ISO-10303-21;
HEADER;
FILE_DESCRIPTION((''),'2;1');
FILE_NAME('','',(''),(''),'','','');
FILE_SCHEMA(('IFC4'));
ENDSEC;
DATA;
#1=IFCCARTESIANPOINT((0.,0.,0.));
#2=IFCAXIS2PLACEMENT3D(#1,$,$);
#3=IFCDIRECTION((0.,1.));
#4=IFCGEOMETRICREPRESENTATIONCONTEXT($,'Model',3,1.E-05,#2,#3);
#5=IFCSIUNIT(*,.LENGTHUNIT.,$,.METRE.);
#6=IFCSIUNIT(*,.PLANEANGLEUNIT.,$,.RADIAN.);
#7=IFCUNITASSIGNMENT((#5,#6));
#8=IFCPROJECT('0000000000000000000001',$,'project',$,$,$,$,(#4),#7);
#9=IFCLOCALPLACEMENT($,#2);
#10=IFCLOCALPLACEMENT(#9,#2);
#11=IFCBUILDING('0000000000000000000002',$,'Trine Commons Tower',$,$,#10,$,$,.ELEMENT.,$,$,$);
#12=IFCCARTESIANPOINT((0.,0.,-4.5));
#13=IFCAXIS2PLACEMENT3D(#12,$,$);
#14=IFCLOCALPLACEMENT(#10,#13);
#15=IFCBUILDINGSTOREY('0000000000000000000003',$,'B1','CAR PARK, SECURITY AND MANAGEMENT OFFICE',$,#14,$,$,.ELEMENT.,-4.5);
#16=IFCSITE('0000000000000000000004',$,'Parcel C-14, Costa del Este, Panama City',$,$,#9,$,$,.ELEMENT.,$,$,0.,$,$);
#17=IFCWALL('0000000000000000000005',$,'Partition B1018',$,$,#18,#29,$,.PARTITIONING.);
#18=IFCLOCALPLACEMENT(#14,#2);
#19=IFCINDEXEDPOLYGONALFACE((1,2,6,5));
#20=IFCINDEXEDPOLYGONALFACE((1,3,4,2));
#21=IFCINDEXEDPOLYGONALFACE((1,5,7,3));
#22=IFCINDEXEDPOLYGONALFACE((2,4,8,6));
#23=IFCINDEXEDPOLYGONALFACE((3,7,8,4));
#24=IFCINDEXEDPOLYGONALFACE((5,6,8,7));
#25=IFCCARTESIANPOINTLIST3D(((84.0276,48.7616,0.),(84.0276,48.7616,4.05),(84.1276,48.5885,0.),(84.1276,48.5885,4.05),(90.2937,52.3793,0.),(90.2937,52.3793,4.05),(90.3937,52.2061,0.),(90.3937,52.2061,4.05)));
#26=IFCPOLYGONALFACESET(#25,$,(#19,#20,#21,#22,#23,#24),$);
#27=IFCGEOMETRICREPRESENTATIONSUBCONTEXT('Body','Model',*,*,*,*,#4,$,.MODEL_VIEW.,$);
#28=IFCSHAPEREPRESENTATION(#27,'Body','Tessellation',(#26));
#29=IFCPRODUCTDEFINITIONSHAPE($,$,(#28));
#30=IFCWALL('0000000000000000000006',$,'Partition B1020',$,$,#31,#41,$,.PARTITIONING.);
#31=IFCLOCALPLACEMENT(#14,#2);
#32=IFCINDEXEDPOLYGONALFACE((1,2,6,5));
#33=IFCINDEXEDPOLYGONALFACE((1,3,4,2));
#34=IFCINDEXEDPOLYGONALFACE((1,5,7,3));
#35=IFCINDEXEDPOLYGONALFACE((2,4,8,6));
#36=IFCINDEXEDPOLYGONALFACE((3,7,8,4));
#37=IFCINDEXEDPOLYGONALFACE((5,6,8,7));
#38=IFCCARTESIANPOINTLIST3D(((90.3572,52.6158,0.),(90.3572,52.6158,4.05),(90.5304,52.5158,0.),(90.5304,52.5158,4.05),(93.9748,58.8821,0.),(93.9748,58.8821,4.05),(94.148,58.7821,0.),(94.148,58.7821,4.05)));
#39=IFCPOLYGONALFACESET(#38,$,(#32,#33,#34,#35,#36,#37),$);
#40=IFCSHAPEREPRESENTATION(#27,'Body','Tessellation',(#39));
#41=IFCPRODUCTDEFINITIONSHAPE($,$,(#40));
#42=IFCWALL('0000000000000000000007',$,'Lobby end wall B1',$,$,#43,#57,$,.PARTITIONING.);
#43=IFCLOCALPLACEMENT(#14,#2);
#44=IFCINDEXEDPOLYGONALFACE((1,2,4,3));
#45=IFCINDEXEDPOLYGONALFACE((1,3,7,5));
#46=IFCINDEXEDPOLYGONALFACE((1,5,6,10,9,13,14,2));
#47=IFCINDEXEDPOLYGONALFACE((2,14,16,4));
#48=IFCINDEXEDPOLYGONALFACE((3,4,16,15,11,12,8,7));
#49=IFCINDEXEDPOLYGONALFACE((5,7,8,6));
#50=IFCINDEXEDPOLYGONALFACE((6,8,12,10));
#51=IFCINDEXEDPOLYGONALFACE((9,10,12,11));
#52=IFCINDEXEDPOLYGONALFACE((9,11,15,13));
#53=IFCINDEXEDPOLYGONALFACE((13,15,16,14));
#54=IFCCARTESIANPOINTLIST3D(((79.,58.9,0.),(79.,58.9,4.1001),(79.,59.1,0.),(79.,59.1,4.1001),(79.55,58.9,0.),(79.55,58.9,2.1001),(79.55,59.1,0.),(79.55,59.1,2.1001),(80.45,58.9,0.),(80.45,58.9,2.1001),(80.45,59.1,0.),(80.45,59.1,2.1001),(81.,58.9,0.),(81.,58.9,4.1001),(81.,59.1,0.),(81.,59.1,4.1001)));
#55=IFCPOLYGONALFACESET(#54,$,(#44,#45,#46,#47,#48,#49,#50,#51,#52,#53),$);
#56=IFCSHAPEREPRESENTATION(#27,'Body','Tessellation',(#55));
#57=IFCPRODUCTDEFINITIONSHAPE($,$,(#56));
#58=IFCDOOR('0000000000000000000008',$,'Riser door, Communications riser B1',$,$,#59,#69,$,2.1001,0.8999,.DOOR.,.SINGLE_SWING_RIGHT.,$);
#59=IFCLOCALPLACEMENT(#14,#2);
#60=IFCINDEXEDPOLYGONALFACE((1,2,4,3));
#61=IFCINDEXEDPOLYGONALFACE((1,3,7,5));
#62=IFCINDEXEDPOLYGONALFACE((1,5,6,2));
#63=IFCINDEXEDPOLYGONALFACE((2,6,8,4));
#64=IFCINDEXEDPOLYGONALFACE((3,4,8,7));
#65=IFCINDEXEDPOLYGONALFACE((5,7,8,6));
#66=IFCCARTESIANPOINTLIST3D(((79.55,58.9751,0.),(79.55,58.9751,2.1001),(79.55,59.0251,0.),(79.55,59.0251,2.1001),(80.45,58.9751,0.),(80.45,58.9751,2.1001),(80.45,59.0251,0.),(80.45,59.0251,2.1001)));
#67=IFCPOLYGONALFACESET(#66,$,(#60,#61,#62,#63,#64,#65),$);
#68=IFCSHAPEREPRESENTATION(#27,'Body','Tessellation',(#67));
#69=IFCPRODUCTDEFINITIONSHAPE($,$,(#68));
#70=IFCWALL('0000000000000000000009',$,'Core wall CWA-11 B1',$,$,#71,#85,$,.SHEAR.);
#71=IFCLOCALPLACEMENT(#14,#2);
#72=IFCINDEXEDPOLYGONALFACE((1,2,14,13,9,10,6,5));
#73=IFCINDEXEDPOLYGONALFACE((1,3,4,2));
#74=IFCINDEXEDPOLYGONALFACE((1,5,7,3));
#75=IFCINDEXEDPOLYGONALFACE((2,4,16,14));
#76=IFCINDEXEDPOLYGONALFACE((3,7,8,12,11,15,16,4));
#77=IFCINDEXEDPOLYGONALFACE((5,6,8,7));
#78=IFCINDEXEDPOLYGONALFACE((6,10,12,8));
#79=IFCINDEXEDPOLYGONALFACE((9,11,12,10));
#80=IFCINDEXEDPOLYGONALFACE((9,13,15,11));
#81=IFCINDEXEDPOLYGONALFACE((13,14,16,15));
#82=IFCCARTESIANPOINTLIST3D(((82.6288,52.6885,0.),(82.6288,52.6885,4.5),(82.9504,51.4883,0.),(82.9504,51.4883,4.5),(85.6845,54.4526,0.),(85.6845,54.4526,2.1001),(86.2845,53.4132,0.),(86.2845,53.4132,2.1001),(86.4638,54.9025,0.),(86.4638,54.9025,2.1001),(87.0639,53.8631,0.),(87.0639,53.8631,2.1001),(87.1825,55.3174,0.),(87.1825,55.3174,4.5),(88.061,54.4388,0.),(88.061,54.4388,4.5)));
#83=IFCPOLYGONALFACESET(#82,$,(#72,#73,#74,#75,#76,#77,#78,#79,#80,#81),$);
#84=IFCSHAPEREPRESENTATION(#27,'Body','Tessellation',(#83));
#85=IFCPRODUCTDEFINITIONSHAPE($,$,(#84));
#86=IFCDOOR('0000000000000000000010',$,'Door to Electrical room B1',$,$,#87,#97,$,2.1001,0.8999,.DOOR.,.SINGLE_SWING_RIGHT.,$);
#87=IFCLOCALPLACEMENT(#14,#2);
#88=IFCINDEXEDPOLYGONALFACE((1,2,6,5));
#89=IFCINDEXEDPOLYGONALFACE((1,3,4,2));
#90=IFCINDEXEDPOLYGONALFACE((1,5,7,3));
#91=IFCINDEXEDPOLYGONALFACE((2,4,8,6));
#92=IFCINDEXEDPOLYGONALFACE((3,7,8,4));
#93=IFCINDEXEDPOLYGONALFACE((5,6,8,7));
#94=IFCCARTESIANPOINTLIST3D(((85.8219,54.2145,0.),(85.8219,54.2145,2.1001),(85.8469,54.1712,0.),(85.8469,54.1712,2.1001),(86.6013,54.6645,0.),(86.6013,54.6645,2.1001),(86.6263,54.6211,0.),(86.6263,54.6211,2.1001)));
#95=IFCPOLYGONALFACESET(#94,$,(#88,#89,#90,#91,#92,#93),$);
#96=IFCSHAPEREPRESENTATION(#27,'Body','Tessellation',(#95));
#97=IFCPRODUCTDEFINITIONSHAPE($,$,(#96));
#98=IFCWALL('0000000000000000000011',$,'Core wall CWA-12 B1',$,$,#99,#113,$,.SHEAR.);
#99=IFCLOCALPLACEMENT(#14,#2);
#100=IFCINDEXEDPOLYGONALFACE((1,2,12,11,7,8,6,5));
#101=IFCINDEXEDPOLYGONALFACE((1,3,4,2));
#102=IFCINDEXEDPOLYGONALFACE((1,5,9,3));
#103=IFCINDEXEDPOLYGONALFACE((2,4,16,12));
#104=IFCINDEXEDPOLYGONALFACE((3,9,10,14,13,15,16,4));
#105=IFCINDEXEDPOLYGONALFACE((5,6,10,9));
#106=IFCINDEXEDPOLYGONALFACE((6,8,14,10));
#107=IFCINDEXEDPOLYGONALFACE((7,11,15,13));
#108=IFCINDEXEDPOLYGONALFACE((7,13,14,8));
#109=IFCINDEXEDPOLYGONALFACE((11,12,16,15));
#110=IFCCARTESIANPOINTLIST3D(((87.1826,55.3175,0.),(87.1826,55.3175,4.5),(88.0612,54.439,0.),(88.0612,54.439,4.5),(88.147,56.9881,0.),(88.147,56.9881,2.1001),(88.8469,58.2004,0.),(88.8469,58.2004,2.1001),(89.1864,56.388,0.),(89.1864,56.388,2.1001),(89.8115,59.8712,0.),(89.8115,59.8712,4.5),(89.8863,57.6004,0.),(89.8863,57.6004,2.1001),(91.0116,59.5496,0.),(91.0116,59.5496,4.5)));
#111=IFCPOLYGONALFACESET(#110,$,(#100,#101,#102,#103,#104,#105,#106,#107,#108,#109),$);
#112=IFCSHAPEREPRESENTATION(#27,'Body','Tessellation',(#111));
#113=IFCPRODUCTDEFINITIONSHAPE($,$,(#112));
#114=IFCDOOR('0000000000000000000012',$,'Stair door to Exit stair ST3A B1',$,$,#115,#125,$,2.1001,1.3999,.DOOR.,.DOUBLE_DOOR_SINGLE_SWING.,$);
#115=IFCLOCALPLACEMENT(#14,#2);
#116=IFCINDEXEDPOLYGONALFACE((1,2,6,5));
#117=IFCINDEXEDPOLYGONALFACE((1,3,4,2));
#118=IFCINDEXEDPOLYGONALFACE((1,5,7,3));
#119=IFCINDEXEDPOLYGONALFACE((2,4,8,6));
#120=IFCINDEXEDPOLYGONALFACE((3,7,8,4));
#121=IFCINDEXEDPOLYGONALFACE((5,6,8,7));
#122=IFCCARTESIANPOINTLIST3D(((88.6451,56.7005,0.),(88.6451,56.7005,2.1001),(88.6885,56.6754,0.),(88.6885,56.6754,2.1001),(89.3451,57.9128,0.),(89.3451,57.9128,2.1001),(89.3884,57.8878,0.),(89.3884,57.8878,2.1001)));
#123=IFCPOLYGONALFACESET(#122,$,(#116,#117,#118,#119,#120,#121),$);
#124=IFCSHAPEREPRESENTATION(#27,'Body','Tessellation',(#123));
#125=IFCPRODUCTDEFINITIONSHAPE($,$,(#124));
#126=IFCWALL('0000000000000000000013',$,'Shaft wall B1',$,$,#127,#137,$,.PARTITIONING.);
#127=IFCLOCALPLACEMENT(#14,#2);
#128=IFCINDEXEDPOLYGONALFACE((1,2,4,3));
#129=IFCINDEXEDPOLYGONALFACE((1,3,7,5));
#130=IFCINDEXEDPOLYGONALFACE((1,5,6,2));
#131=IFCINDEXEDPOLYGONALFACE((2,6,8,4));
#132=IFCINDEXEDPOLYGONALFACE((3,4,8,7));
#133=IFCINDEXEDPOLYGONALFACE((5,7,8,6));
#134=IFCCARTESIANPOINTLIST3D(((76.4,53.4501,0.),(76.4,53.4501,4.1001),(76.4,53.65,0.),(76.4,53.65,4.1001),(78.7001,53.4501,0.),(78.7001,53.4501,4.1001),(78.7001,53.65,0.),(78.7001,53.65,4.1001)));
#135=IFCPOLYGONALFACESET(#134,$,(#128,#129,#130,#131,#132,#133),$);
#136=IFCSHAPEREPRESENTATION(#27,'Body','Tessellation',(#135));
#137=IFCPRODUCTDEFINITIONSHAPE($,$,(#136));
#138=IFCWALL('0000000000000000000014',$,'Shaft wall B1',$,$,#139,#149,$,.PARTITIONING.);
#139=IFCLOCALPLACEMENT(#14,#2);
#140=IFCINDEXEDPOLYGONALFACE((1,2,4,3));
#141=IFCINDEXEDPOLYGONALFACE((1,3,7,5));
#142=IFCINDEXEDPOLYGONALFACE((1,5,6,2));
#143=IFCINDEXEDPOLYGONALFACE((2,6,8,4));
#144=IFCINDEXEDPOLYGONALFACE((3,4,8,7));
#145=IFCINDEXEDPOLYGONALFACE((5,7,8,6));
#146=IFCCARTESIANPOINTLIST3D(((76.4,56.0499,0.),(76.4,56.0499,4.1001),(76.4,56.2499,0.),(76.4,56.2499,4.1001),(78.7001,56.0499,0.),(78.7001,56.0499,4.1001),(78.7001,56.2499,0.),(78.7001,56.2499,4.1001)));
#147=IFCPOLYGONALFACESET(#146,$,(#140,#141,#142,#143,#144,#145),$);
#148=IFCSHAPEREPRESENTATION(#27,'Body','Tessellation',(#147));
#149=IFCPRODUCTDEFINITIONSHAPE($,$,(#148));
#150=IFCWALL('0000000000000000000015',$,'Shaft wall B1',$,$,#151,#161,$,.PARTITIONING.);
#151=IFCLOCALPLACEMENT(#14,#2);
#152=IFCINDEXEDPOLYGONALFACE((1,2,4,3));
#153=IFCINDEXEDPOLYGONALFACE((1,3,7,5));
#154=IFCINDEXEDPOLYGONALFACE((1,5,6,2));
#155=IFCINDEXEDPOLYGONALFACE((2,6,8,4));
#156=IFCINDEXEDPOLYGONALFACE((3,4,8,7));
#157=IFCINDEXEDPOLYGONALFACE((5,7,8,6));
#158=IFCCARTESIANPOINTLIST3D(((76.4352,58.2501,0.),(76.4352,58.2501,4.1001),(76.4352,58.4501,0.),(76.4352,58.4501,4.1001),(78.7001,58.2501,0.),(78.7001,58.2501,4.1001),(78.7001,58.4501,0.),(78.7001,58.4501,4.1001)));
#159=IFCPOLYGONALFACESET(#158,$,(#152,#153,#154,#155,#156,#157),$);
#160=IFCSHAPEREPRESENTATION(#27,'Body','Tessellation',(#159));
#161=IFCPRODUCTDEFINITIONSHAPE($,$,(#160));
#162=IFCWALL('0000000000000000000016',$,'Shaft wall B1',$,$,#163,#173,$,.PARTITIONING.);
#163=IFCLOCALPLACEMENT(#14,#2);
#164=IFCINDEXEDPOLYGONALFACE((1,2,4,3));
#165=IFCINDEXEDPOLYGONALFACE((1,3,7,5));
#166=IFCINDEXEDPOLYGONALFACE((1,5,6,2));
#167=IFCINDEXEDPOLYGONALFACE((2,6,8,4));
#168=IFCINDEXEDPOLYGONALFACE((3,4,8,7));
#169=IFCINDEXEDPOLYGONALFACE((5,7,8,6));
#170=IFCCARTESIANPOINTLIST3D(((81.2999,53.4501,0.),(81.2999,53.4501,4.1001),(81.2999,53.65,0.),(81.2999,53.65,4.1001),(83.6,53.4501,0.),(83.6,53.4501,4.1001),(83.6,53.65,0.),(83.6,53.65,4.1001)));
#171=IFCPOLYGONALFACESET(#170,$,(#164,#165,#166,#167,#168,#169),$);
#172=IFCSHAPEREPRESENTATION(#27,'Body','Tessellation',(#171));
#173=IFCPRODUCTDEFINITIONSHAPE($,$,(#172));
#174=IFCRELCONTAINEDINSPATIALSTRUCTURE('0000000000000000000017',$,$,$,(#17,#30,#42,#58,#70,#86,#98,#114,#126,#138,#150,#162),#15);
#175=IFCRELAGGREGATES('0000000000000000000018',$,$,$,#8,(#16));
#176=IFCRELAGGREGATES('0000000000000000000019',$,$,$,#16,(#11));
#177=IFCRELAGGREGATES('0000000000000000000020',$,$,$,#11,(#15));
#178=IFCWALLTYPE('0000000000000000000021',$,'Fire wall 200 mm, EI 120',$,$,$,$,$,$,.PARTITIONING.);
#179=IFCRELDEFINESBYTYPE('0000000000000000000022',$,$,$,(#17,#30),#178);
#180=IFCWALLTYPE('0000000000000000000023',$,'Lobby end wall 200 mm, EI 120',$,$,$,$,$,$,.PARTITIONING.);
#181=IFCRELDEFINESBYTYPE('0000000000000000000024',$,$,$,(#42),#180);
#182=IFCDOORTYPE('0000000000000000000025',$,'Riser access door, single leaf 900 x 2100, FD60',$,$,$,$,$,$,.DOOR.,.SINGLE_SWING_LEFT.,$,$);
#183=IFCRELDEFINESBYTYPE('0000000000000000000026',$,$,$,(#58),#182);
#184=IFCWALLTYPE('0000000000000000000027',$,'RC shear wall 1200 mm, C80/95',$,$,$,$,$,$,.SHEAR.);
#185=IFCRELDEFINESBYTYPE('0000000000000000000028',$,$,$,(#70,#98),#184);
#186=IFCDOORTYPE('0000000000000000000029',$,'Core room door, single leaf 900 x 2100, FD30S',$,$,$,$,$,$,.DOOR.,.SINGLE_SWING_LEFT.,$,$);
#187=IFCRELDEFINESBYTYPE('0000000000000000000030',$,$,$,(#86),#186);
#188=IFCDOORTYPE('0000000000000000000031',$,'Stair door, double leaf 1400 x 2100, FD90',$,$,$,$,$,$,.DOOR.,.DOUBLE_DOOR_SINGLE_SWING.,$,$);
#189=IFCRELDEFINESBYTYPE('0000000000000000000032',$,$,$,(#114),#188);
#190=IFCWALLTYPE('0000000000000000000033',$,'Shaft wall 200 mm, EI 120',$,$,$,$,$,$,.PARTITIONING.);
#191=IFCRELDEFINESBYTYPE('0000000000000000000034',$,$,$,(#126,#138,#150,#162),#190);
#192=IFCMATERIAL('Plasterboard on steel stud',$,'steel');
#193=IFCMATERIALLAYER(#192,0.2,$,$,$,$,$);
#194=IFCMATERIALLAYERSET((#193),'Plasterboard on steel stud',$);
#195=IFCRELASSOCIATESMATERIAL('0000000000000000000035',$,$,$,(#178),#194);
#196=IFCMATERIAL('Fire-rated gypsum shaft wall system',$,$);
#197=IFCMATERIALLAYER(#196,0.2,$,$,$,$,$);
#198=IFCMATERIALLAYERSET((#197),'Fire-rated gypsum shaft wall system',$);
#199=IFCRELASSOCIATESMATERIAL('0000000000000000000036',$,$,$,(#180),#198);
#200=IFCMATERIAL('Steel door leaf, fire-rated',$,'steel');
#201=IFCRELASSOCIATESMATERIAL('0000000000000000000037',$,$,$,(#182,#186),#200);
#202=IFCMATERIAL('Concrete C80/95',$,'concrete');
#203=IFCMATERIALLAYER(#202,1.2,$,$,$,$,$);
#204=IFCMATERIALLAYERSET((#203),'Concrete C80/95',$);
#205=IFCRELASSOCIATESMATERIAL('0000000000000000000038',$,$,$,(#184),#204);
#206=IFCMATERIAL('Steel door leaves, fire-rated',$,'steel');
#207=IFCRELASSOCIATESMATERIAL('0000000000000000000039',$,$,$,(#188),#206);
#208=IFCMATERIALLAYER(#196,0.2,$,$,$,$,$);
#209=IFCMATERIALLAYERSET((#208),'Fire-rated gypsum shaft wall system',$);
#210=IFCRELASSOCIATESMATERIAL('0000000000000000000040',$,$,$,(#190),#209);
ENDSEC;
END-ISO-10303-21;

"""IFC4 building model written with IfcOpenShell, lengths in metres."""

from ifc_helpers import new_model, si_unit, direction, frame, frame_2d, origin, place, context, subcontext, project, spatial, polyline, rectangle, outline, extrude, material, layer, layer_set, type_object, element, fill, save


model = new_model("IFC4")

# Units and contexts
model_context = context("Model", 3, precision=1e-05, world=origin(), true_north=direction((0.0, 1.0)))
body_context = subcontext(model_context, "Body", "Model", "MODEL_VIEW")
ifc_project = project(units=[si_unit("LENGTHUNIT", "METRE"), si_unit("PLANEANGLEUNIT", "RADIAN")], contexts=[model_context])

# Site, building, storey
site_placement = place(None, origin())
site = spatial("IfcSite", under=ifc_project, at=site_placement, Name="Parcel C-14, Costa del Este, Panama City", CompositionType="ELEMENT", RefElevation=0.0)
building_placement = place(site_placement, origin())
building = spatial("IfcBuilding", under=site, at=building_placement, Name="Trine Commons Tower", CompositionType="ELEMENT")
storey_placement = place(building_placement, frame((0.0, 0.0, -4.5)))
storey = spatial("IfcBuildingStorey", under=building, at=storey_placement, Name="B1", Description="CAR PARK, SECURITY AND MANAGEMENT OFFICE", CompositionType="ELEMENT", Elevation=-4.5)

# Shared definitions
ifc_material_1 = material(Name="Concrete C80/95", Category="concrete")

# Walls
ifc_material_2 = material(Name="Plasterboard on steel stud", Category="steel")
ifc_layer_1 = layer(ifc_material_2, 0.2)
ifc_layer_set_1 = layer_set([ifc_layer_1], Name="Plasterboard on steel stud")
wall_type_1 = type_object("IfcWallType", Name="Fire wall 200 mm, EI 120", PredefinedType="PARTITIONING", material=ifc_layer_set_1)
wall_1_placement = place(storey_placement, frame((84.0776, 48.675, 0.0), z_axis=(0.0, 0.0, 1.0), x_axis=(0.866029, 0.499993, 0.0)))
element("IfcWall", 1, at=wall_1_placement, inside=storey, type_object=wall_type_1, Name="Partition B1018", PredefinedType="PARTITIONING", context=body_context, shape_type="SweptSolid", body=[
    extrude(rectangle(XDim=7.2354, YDim=0.2, at=frame_2d((3.6177, 0.0))), origin(), (0.0, 0.0, 1.0), 4.05),
])
wall_2_placement = place(storey_placement, frame((90.4438, 52.5659, 0.0), z_axis=(0.0, 0.0, 1.0), x_axis=(0.499979, 0.866038, 0.0)))
element("IfcWall", 2, at=wall_2_placement, inside=storey, type_object=wall_type_1, Name="Partition B1020", PredefinedType="PARTITIONING", context=body_context, shape_type="SweptSolid", body=[
    extrude(rectangle(XDim=7.2356, YDim=0.2, at=frame_2d((3.6177, 0.0))), origin(), (0.0, 0.0, 1.0), 4.05),
])

# Walls, openings, doors
ifc_material_3 = material(Name="Fire-rated gypsum shaft wall system")
ifc_layer_2 = layer(ifc_material_3, 0.2)
ifc_layer_set_2 = layer_set([ifc_layer_2], Name="Fire-rated gypsum shaft wall system")
wall_type_2 = type_object("IfcWallType", Name="Lobby end wall 200 mm, EI 120", PredefinedType="PARTITIONING", material=ifc_layer_set_2)
wall_3_placement = place(storey_placement, frame((79.0, 59.0, 0.0), z_axis=(0.0, 0.0, 1.0), x_axis=(1.0, 0.0, 0.0)))
wall_3 = element("IfcWall", 3, at=wall_3_placement, inside=storey, type_object=wall_type_2, Name="Lobby end wall B1", PredefinedType="PARTITIONING", context=body_context, shape_type="SweptSolid", body=[
    extrude(rectangle(XDim=2.0, YDim=0.2, at=frame_2d((1.0, 0.0))), origin(), (0.0, 0.0, 1.0), 4.1001),
])
opening_1_placement = place(wall_3_placement, frame((0.55, 0.0, 0.0)))
opening_1 = element("IfcOpeningElement", 4, at=opening_1_placement, cuts=wall_3, PredefinedType="OPENING", context=body_context, shape_type="SweptSolid", body=[
    extrude(rectangle(XDim=0.8999, YDim=2.1001, at=frame_2d((0.45, 1.05))), frame((0.0, 0.1099, 0.0), z_axis=(0.0, -1.0, 0.0), x_axis=(1.0, 0.0, 0.0)), (0.0, 0.0, 1.0), 0.22),
])
ifc_material_4 = material(Name="Steel door leaf, fire-rated", Category="steel")
door_type_1 = type_object("IfcDoorType", Name="Riser access door, single leaf 900 x 2100, FD60", OperationType="SINGLE_SWING_LEFT", PredefinedType="DOOR", material=ifc_material_4)
door_1_placement = place(opening_1_placement, frame((0.8999, 0.0, 0.0), z_axis=(0.0, 0.0, 1.0), x_axis=(-1.0, 0.0, 0.0)))
door_1 = element("IfcDoor", 5, at=door_1_placement, inside=storey, type_object=door_type_1, Name="Riser door, Communications riser B1", OperationType="SINGLE_SWING_RIGHT", OverallHeight=2.1001, OverallWidth=0.8999, PredefinedType="DOOR", context=body_context, shape_type="SweptSolid", body=[
    extrude(rectangle(XDim=0.8999, YDim=2.1001, at=frame_2d((0.45, 1.05))), frame((0.0, 0.0249, 0.0), z_axis=(0.0, -1.0, 0.0), x_axis=(1.0, 0.0, 0.0)), (0.0, 0.0, 1.0), 0.05),
])
fill(opening_1, door_1)
ifc_layer_3 = layer(ifc_material_1, 1.2)
ifc_layer_set_3 = layer_set([ifc_layer_3], Name="Concrete C80/95")
wall_type_3 = type_object("IfcWallType", Name="RC shear wall 1200 mm, C80/95", PredefinedType="SHEAR", material=ifc_layer_set_3)
wall_4_placement = place(storey_placement, frame((82.6504, 52.0081, 0.0), z_axis=(0.0, 0.0, 1.0), x_axis=(0.866037, 0.499979, 0.0)))
wall_4 = element("IfcWall", 6, at=wall_4_placement, inside=storey, type_object=wall_type_3, Name="Core wall CWA-11 B1", PredefinedType="SHEAR", context=body_context, shape_type="SweptSolid", body=[
    extrude(outline(polyline([(0.0, -0.6001), (5.9011, -0.6001), (5.5796, 0.6001), (0.3215, 0.6001), (0.0, -0.6001)])), origin(), (0.0, 0.0, 1.0), 4.5),
])
opening_2_placement = place(wall_4_placement, frame((3.8499, 0.0, 0.0)))
opening_2 = element("IfcOpeningElement", 7, at=opening_2_placement, cuts=wall_4, PredefinedType="OPENING", context=body_context, shape_type="SweptSolid", body=[
    extrude(rectangle(XDim=0.8999, YDim=2.1001, at=frame_2d((0.45, 1.05))), frame((0.0, 0.6099, 0.0), z_axis=(0.0, -1.0, 0.0), x_axis=(1.0, 0.0, 0.0)), (0.0, 0.0, 1.0), 1.22),
])
door_type_2 = type_object("IfcDoorType", Name="Core room door, single leaf 900 x 2100, FD30S", OperationType="SINGLE_SWING_LEFT", PredefinedType="DOOR", material=ifc_material_4)
door_2_placement = place(opening_2_placement, origin())
door_2 = element("IfcDoor", 8, at=door_2_placement, inside=storey, type_object=door_type_2, Name="Door to Electrical room B1", OperationType="SINGLE_SWING_RIGHT", OverallHeight=2.1001, OverallWidth=0.8999, PredefinedType="DOOR", context=body_context, shape_type="SweptSolid", body=[
    extrude(rectangle(XDim=0.8999, YDim=2.1001, at=frame_2d((0.45, 1.05))), frame((0.0, 0.3252, 0.0), z_axis=(0.0, -1.0, 0.0), x_axis=(1.0, 0.0, 0.0)), (0.0, 0.0, 1.0), 0.05),
])
fill(opening_2, door_2)
wall_5_placement = place(storey_placement, frame((87.5415, 54.739, 0.0), z_axis=(0.0, 0.0, 1.0), x_axis=(0.499979, 0.866037, 0.0)))
wall_5 = element("IfcWall", 9, at=wall_5_placement, inside=storey, type_object=wall_type_3, Name="Core wall CWA-12 B1", PredefinedType="SHEAR", context=body_context, shape_type="SweptSolid", body=[
    extrude(outline(polyline([(0.0, -0.6001), (5.9011, -0.6001), (5.5796, 0.6001), (0.3215, 0.6001), (0.0, -0.6001)])), origin(), (0.0, 0.0, 1.0), 4.5),
])
opening_3_placement = place(wall_5_placement, frame((2.2505, 0.0, 0.0)))
opening_3 = element("IfcOpeningElement", 10, at=opening_3_placement, cuts=wall_5, PredefinedType="OPENING", context=body_context, shape_type="SweptSolid", body=[
    extrude(rectangle(XDim=1.3999, YDim=2.1001, at=frame_2d((0.7, 1.05))), frame((0.0, 0.6099, 0.0), z_axis=(0.0, -1.0, 0.0), x_axis=(1.0, 0.0, 0.0)), (0.0, 0.0, 1.0), 1.22),
])
ifc_material_5 = material(Name="Steel door leaves, fire-rated", Category="steel")
door_type_3 = type_object("IfcDoorType", Name="Stair door, double leaf 1400 x 2100, FD90", OperationType="DOUBLE_DOOR_SINGLE_SWING", PredefinedType="DOOR", material=ifc_material_5)
door_3_placement = place(opening_3_placement, origin())
door_3 = element("IfcDoor", 11, at=door_3_placement, inside=storey, type_object=door_type_3, Name="Stair door to Exit stair ST3A B1", OperationType="DOUBLE_DOOR_SINGLE_SWING", OverallHeight=2.1001, OverallWidth=1.3999, PredefinedType="DOOR", context=body_context, shape_type="SweptSolid", body=[
    extrude(rectangle(XDim=1.3999, YDim=2.1001, at=frame_2d((0.7, 1.05))), frame((0.0, 0.0249, 0.0), z_axis=(0.0, -1.0, 0.0), x_axis=(1.0, 0.0, 0.0)), (0.0, 0.0, 1.0), 0.05),
])
fill(opening_3, door_3)

# Walls
ifc_layer_4 = layer(ifc_material_3, 0.2)
ifc_layer_set_4 = layer_set([ifc_layer_4], Name="Fire-rated gypsum shaft wall system")
wall_type_4 = type_object("IfcWallType", Name="Shaft wall 200 mm, EI 120", PredefinedType="PARTITIONING", material=ifc_layer_set_4)
for number, where, z_axis, x_axis, name in (
    (12, (78.7, 53.55, 0.0), (0.0, 0.0, 1.0), (-1.0, 0.0, 0.0), "Shaft wall B1"),
    (13, (78.7, 56.1499, 0.0), (0.0, 0.0, 1.0), (-1.0, 0.0, 0.0), "Shaft wall B1"),
):
    element("IfcWall", number, at=place(storey_placement, frame(where, z_axis=z_axis, x_axis=x_axis)), inside=storey, type_object=wall_type_4, Name=name, PredefinedType="PARTITIONING", context=body_context, shape_type="SweptSolid", body=[
        extrude(rectangle(XDim=2.3, YDim=0.2, at=frame_2d((1.1499, 0.0))), origin(), (0.0, 0.0, 1.0), 4.1001),
    ])
wall_6_placement = place(storey_placement, frame((78.7, 58.3501, 0.0), z_axis=(0.0, 0.0, 1.0), x_axis=(-1.0, 0.0, 0.0)))
element("IfcWall", 14, at=wall_6_placement, inside=storey, type_object=wall_type_4, Name="Shaft wall B1", PredefinedType="PARTITIONING", context=body_context, shape_type="SweptSolid", body=[
    extrude(rectangle(XDim=2.2649, YDim=0.2, at=frame_2d((1.1323, 0.0))), origin(), (0.0, 0.0, 1.0), 4.1001),
])
for number, where, z_axis, x_axis, name in (
    (15, (81.3, 53.55, 0.0), (0.0, 0.0, 1.0), (1.0, 0.0, 0.0), "Shaft wall B1"),
):
    element("IfcWall", number, at=place(storey_placement, frame(where, z_axis=z_axis, x_axis=x_axis)), inside=storey, type_object=wall_type_4, Name=name, PredefinedType="PARTITIONING", context=body_context, shape_type="SweptSolid", body=[
        extrude(rectangle(XDim=2.3, YDim=0.2, at=frame_2d((1.1499, 0.0))), origin(), (0.0, 0.0, 1.0), 4.1001),
    ])

save(model, "model.ifc")
